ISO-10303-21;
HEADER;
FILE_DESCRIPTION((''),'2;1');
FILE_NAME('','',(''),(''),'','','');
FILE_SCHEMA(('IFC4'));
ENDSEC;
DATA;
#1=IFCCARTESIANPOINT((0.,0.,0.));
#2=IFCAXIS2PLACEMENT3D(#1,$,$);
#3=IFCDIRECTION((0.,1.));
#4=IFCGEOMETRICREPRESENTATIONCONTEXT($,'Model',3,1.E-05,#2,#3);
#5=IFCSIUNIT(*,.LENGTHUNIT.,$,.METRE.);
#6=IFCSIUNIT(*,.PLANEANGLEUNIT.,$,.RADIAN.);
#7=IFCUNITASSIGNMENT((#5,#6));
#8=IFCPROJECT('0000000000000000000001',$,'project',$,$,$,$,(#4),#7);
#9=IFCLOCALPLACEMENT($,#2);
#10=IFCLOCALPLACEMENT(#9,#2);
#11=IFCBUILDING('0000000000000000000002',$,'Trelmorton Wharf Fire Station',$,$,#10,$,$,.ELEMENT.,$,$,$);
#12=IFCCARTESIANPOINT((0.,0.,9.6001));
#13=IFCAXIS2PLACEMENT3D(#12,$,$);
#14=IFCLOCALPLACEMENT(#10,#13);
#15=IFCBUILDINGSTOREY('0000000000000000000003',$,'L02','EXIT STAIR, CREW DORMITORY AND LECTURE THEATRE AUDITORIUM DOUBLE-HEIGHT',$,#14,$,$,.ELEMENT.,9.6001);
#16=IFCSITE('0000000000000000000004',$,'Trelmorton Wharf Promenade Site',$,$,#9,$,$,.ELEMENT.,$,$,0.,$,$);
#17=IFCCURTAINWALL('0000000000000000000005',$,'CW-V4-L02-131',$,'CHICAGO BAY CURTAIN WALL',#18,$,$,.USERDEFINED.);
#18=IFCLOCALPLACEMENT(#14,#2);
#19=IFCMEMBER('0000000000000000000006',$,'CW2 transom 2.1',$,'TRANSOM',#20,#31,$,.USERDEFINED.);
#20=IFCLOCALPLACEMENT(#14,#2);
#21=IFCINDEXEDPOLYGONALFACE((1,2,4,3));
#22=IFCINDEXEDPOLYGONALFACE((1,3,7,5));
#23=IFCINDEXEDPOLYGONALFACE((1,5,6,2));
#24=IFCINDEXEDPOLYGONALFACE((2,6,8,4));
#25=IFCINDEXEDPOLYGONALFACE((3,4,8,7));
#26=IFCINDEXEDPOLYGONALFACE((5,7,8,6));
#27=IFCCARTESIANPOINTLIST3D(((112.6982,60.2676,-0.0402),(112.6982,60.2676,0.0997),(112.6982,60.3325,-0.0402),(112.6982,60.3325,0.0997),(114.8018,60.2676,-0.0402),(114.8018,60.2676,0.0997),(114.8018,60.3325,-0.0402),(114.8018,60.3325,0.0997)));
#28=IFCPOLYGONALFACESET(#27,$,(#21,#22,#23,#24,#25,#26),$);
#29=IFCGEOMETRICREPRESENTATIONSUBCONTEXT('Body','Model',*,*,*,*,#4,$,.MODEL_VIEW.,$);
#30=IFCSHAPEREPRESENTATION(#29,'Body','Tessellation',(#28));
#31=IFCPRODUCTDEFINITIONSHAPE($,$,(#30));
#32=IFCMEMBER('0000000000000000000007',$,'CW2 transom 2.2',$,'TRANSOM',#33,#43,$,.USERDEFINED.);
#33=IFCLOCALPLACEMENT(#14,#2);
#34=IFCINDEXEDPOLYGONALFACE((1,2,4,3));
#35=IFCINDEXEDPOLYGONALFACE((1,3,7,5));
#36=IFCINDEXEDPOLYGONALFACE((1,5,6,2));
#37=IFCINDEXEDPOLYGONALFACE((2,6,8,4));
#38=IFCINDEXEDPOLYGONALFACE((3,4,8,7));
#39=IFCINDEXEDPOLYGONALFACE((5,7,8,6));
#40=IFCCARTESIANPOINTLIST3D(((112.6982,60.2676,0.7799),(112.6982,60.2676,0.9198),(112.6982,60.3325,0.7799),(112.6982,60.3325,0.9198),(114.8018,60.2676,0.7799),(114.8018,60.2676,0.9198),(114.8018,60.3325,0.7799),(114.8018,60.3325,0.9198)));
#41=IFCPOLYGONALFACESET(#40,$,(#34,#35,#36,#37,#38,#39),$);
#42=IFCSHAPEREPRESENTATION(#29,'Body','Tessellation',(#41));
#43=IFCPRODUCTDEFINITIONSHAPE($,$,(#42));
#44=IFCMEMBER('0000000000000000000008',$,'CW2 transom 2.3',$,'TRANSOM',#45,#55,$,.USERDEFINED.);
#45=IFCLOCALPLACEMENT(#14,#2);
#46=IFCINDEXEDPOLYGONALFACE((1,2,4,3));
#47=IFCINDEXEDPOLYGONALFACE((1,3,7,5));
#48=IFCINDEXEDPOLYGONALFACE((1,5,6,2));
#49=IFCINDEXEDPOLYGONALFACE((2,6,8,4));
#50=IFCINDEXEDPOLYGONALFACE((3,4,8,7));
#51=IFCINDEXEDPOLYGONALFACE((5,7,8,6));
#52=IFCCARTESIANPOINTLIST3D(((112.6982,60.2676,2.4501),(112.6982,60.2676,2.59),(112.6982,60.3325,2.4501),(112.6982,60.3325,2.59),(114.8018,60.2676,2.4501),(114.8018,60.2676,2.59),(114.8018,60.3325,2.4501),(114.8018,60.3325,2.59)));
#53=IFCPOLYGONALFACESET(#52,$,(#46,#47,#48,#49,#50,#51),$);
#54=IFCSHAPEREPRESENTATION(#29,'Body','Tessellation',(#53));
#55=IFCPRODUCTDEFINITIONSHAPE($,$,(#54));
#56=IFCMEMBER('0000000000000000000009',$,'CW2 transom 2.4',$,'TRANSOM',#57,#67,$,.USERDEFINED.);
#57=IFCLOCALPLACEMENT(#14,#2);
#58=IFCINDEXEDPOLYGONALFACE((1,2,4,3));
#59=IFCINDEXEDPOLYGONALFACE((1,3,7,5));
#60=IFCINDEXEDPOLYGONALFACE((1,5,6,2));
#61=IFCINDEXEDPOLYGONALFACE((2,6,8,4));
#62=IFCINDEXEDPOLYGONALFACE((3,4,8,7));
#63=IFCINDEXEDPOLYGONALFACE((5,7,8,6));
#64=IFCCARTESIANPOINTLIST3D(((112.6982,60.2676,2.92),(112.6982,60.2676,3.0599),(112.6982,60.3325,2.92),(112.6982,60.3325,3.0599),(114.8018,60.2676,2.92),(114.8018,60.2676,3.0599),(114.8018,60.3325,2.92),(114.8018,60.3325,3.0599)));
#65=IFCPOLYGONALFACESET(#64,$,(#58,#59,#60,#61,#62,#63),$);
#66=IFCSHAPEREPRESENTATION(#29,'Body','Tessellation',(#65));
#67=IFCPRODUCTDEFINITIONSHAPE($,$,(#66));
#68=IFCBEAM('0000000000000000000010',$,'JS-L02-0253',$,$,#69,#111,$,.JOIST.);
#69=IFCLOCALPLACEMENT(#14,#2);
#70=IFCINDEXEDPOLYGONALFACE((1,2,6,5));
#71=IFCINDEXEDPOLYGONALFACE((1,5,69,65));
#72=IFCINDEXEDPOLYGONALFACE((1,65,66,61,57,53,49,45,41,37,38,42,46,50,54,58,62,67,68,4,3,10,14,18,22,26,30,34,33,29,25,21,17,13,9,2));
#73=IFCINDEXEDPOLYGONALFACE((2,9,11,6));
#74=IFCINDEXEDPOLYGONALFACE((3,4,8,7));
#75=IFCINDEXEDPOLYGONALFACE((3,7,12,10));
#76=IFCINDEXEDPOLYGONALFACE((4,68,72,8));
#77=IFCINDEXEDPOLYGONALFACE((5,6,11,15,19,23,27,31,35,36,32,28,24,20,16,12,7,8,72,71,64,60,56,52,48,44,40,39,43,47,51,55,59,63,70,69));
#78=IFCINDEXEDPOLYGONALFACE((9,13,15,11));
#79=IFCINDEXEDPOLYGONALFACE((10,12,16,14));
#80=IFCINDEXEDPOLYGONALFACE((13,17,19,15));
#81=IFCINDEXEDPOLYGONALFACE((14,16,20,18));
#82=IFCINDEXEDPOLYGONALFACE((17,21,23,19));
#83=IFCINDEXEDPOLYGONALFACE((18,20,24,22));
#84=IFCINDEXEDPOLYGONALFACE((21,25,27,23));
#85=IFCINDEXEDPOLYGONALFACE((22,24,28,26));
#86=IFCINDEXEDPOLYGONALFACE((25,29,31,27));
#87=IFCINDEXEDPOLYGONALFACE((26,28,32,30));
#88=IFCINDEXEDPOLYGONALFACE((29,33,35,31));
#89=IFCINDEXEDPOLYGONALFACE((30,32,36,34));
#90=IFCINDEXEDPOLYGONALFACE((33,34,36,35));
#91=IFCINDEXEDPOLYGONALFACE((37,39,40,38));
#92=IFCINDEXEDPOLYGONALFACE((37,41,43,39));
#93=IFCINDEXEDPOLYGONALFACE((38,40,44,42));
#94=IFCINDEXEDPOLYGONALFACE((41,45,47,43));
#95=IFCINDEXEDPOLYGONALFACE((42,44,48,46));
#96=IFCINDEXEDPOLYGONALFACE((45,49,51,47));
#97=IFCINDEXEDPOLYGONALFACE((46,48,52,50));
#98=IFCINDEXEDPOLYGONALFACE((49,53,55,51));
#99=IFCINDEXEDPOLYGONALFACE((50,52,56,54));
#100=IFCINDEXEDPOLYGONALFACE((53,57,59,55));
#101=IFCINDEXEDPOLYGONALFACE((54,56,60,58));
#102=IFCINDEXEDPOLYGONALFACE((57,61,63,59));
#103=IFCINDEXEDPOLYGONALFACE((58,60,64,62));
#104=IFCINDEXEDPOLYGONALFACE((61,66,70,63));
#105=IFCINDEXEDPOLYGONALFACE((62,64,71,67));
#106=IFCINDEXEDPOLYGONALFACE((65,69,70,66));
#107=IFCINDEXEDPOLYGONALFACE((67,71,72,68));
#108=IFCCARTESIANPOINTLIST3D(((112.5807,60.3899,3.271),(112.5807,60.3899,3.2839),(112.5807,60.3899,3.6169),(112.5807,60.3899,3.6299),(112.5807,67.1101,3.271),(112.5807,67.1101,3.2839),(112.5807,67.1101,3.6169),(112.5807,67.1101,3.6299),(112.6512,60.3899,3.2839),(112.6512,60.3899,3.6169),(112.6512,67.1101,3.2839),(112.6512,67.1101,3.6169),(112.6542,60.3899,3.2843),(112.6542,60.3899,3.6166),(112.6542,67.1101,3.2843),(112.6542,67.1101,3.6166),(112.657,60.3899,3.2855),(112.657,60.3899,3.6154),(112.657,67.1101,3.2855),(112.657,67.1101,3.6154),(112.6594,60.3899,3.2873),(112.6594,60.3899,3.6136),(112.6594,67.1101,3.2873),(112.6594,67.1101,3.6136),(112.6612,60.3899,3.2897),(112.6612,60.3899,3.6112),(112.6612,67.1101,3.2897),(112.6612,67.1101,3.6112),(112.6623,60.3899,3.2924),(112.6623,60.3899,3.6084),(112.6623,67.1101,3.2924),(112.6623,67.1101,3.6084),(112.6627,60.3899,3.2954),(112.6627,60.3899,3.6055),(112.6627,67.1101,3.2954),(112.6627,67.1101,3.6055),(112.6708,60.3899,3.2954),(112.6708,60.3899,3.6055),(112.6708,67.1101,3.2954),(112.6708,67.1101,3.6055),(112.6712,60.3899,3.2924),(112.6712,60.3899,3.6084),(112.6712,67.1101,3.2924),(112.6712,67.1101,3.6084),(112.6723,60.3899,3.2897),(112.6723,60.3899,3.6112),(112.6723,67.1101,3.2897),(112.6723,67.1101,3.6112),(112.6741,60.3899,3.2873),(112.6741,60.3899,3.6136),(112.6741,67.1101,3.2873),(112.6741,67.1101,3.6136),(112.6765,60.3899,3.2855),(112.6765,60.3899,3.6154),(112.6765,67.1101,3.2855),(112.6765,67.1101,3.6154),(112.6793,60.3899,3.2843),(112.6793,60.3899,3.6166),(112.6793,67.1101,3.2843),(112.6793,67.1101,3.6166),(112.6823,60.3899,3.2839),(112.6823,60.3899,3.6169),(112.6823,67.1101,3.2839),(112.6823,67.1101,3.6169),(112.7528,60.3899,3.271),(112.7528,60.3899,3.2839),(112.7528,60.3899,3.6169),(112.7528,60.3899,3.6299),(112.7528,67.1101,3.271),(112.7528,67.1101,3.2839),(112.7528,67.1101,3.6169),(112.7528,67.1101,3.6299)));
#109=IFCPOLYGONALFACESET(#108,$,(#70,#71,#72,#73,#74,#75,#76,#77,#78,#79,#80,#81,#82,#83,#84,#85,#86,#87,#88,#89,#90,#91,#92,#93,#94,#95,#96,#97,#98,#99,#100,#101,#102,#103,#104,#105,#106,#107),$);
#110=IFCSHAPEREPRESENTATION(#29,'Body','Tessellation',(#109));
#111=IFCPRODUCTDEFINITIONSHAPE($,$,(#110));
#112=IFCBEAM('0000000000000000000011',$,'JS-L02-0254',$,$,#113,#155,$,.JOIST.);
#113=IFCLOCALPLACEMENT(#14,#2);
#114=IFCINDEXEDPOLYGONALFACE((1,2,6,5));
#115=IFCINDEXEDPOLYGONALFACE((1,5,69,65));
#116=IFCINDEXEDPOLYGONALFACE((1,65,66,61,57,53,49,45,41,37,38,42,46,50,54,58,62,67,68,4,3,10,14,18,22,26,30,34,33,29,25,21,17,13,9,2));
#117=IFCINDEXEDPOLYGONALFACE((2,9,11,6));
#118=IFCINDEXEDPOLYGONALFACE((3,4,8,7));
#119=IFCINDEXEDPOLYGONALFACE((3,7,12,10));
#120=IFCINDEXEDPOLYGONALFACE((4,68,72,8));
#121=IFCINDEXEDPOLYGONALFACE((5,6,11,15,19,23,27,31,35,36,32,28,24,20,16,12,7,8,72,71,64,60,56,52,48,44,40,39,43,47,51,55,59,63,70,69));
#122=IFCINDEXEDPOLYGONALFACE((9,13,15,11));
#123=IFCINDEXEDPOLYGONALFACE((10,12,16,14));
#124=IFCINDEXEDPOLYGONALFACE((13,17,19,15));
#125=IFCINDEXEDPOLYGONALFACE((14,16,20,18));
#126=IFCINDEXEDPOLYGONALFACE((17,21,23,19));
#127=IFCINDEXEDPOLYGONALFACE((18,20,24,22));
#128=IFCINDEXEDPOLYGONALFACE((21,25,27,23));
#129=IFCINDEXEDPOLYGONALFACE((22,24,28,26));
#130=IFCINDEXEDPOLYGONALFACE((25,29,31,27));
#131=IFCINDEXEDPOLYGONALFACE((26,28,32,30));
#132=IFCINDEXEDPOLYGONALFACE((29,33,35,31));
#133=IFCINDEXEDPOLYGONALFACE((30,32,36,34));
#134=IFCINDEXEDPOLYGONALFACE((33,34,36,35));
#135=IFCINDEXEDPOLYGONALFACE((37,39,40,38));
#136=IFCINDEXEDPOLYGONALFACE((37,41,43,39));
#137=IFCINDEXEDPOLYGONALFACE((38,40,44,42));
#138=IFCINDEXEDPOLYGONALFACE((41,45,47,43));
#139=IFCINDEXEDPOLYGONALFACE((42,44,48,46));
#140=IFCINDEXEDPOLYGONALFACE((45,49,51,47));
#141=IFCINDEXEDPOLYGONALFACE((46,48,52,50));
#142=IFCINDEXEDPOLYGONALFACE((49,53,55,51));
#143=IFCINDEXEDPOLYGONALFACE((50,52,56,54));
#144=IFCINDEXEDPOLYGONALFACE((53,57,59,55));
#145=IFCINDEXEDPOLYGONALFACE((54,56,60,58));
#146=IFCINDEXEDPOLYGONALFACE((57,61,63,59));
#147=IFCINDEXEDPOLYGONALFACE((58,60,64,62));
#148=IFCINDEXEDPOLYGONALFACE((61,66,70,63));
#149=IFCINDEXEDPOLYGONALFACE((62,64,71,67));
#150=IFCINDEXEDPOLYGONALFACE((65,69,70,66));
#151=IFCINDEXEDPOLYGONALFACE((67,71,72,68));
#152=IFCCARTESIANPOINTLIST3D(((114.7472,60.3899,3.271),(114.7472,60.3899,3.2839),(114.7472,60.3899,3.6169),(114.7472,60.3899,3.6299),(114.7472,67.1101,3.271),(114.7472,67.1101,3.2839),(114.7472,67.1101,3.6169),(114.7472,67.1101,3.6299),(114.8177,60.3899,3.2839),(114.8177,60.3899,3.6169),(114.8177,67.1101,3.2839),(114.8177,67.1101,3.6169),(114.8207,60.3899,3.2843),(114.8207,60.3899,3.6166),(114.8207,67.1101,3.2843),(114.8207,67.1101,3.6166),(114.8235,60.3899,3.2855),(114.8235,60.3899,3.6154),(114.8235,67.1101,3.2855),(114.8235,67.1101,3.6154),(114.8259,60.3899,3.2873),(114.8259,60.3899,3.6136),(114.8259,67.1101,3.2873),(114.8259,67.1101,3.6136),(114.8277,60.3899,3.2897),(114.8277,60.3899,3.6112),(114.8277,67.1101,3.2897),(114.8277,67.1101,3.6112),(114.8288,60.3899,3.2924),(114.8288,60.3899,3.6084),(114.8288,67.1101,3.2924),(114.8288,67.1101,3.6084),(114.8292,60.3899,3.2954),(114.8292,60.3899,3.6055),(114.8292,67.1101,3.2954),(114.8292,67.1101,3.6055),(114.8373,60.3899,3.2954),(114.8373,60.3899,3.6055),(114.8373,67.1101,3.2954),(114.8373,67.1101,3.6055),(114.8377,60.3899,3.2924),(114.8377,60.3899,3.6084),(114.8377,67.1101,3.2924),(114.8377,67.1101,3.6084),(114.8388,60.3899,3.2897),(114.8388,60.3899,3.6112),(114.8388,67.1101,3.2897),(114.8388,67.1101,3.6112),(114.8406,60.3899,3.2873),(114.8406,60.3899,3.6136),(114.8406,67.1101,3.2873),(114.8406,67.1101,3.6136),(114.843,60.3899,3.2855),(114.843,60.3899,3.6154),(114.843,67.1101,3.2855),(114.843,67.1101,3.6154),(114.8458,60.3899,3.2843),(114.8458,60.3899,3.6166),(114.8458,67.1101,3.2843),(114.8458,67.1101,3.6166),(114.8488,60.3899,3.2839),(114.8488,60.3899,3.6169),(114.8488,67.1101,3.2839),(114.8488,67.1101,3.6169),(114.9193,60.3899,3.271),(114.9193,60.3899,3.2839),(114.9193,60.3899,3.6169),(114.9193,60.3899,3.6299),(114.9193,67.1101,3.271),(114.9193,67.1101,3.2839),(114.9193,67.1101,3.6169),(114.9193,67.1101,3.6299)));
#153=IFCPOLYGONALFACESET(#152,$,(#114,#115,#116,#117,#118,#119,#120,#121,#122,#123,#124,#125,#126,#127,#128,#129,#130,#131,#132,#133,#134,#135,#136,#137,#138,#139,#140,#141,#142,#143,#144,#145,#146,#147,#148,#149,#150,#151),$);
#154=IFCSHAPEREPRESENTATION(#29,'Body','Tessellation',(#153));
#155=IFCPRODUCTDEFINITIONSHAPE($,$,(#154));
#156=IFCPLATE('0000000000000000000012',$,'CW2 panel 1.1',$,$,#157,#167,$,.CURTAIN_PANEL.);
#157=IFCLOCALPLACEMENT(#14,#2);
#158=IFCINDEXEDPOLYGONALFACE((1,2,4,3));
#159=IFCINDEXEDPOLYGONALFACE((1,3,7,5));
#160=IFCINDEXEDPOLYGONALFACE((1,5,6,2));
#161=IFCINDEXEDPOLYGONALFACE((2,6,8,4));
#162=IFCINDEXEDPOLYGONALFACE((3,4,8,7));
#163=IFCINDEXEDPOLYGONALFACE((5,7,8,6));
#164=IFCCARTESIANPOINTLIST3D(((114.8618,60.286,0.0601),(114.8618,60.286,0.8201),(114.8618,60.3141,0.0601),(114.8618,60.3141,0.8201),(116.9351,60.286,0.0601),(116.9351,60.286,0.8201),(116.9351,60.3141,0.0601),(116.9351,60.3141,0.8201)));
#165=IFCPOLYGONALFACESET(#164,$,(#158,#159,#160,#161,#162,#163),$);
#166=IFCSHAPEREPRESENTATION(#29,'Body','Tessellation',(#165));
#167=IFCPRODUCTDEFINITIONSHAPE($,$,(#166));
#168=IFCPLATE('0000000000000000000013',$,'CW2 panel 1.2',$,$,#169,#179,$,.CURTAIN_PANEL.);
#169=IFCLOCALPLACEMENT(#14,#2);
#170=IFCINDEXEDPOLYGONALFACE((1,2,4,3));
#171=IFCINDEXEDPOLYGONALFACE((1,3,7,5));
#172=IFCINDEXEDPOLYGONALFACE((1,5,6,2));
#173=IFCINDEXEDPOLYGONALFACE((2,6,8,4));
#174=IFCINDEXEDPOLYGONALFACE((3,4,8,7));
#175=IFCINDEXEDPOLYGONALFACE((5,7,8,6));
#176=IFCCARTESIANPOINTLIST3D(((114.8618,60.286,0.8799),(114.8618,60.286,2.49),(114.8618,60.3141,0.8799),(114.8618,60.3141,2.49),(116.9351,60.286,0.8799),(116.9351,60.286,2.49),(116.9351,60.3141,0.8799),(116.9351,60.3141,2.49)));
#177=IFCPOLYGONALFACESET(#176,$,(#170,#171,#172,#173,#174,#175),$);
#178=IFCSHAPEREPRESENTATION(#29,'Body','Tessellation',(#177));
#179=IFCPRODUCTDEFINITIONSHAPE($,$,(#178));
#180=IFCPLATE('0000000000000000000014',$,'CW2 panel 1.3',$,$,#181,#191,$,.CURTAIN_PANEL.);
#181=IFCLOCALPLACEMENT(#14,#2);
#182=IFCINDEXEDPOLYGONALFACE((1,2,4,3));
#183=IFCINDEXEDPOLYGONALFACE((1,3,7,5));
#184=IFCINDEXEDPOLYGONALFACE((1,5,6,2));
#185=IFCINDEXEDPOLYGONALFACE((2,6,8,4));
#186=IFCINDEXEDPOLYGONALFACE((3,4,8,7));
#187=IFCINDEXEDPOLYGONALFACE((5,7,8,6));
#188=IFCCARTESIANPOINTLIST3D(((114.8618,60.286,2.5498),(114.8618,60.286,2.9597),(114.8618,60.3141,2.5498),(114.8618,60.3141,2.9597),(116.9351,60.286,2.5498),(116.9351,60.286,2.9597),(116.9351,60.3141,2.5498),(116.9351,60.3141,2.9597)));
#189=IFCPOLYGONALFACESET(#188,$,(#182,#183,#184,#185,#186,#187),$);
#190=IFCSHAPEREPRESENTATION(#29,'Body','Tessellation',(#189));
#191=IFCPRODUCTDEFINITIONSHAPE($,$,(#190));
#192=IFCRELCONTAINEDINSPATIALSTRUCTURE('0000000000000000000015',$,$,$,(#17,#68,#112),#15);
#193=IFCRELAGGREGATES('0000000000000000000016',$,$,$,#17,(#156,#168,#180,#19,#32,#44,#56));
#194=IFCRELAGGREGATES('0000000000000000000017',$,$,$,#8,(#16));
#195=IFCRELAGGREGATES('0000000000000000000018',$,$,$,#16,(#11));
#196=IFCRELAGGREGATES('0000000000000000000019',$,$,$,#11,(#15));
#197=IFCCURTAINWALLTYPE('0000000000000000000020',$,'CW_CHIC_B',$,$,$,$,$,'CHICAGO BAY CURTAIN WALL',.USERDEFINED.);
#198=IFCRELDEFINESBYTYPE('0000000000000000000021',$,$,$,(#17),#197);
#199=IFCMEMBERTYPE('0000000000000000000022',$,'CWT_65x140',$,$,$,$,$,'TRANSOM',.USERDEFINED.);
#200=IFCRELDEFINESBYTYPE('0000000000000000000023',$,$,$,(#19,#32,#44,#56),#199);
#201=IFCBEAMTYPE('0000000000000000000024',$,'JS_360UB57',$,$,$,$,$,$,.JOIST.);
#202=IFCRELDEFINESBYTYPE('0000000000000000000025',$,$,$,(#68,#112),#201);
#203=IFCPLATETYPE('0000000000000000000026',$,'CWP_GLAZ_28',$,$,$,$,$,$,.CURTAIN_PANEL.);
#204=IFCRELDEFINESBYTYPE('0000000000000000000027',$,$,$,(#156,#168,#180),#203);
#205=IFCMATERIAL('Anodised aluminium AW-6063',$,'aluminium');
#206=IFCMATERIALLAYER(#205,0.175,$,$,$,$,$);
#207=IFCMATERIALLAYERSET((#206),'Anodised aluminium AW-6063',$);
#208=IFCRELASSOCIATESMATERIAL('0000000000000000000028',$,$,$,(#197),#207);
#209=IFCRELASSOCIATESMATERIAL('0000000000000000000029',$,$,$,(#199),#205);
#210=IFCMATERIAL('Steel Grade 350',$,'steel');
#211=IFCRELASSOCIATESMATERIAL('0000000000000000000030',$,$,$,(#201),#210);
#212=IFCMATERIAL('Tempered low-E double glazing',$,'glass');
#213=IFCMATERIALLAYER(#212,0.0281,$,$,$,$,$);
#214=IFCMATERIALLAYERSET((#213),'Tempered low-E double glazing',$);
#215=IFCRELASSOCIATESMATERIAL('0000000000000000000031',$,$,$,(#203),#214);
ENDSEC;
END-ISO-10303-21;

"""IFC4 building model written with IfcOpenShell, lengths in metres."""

from ifc_helpers import new_model, si_unit, direction, frame, origin, origin_2d, place, context, subcontext, project, spatial, rectangle, i_section, extrude, material, layer, layer_set, material_profile, profile_set, type_object, element, aggregate, save


model = new_model("IFC4")

# Units and contexts
model_context = context("Model", 3, precision=1e-05, world=origin(), true_north=direction((0.0, 1.0)))
body_context = subcontext(model_context, "Body", "Model", "MODEL_VIEW")
ifc_project = project(units=[si_unit("LENGTHUNIT", "METRE"), si_unit("PLANEANGLEUNIT", "RADIAN")], contexts=[model_context])

# Site, building, storey
site_placement = place(None, origin())
site = spatial("IfcSite", under=ifc_project, at=site_placement, Name="Trelmorton Wharf Promenade Site", CompositionType="ELEMENT", RefElevation=0.0)
building_placement = place(site_placement, origin())
building = spatial("IfcBuilding", under=site, at=building_placement, Name="Trelmorton Wharf Fire Station", CompositionType="ELEMENT")
storey_placement = place(building_placement, frame((0.0, 0.0, 9.6001)))
storey = spatial("IfcBuildingStorey", under=building, at=storey_placement, Name="L02", Description="EXIT STAIR, CREW DORMITORY AND LECTURE THEATRE AUDITORIUM DOUBLE-HEIGHT", CompositionType="ELEMENT", Elevation=9.6001)

# Shared definitions
ifc_material_1 = material(Name="Steel Grade 350", Category="steel")

# Curtain wall, members
ifc_material_2 = material(Name="Anodised aluminium AW-6063", Category="aluminium")
ifc_layer_1 = layer(ifc_material_2, 0.175)
ifc_layer_set_1 = layer_set([ifc_layer_1], Name="Anodised aluminium AW-6063")
curtain_wall_type = type_object("IfcCurtainWallType", Name="CW_CHIC_B", ElementType="CHICAGO BAY CURTAIN WALL", PredefinedType="USERDEFINED", material=ifc_layer_set_1)
curtain_wall_placement = place(storey_placement, origin())
curtain_wall = element("IfcCurtainWall", 1, at=curtain_wall_placement, inside=storey, type_object=curtain_wall_type, Name="CW-V4-L02-131", ObjectType="CHICAGO BAY CURTAIN WALL", PredefinedType="USERDEFINED")
ifc_material_profile_1 = material_profile(ifc_material_2, rectangle(XDim=0.0649, YDim=0.1399, at=origin_2d()), Name="ALU-65x140")
ifc_profile_set_1 = profile_set([ifc_material_profile_1], Name="Anodised aluminium AW-6063")
member_type_1 = type_object("IfcMemberType", Name="CWT_65x140", ElementType="TRANSOM", PredefinedType="USERDEFINED", material=ifc_profile_set_1)
member_1_placement = place(storey_placement, frame((114.8018, 60.3, 0.0298), z_axis=(-1.0, 0.0, 0.0), x_axis=(0.0, -1.0, 0.0)))
member_1 = element("IfcMember", 2, at=member_1_placement, type_object=member_type_1, Name="CW2 transom 2.1", ObjectType="TRANSOM", PredefinedType="USERDEFINED", context=body_context, shape_type="SweptSolid", body=[
    extrude(rectangle(XDim=0.0649, YDim=0.1399, at=origin_2d()), origin(), (0.0, 0.0, 1.0), 2.1035),
])
member_2_placement = place(storey_placement, frame((114.8018, 60.3, 0.8499), z_axis=(-1.0, 0.0, 0.0), x_axis=(0.0, -1.0, 0.0)))
member_2 = element("IfcMember", 3, at=member_2_placement, type_object=member_type_1, Name="CW2 transom 2.2", ObjectType="TRANSOM", PredefinedType="USERDEFINED", context=body_context, shape_type="SweptSolid", body=[
    extrude(rectangle(XDim=0.0649, YDim=0.1399, at=origin_2d()), origin(), (0.0, 0.0, 1.0), 2.1035),
])
member_3_placement = place(storey_placement, frame((114.8018, 60.3, 2.52), z_axis=(-1.0, 0.0, 0.0), x_axis=(0.0, -1.0, 0.0)))
member_3 = element("IfcMember", 4, at=member_3_placement, type_object=member_type_1, Name="CW2 transom 2.3", ObjectType="TRANSOM", PredefinedType="USERDEFINED", context=body_context, shape_type="SweptSolid", body=[
    extrude(rectangle(XDim=0.0649, YDim=0.1399, at=origin_2d()), origin(), (0.0, 0.0, 1.0), 2.1035),
])
member_4_placement = place(storey_placement, frame((114.8018, 60.3, 2.99), z_axis=(-1.0, 0.0, 0.0), x_axis=(0.0, -1.0, 0.0)))
member_4 = element("IfcMember", 5, at=member_4_placement, type_object=member_type_1, Name="CW2 transom 2.4", ObjectType="TRANSOM", PredefinedType="USERDEFINED", context=body_context, shape_type="SweptSolid", body=[
    extrude(rectangle(XDim=0.0649, YDim=0.1399, at=origin_2d()), origin(), (0.0, 0.0, 1.0), 2.1035),
])

# Beams
ifc_material_profile_2 = material_profile(ifc_material_1, i_section(OverallWidth=0.1721, OverallDepth=0.3589, WebThickness=0.0081, FlangeThickness=0.0129, FilletRadius=0.0115, at=origin_2d()), Name="360UB56.7")
ifc_profile_set_2 = profile_set([ifc_material_profile_2], Name="Steel Grade 350")
beam_type_1 = type_object("IfcBeamType", Name="JS_360UB57", PredefinedType="JOIST", material=ifc_profile_set_2)
for number, where, z_axis, x_axis, name in (
    (6, (112.6667, 60.3899, 3.4504), (0.0, 1.0, 0.0), (-1.0, 0.0, 0.0), "JS-L02-0253"),
    (7, (114.8333, 60.3899, 3.4504), (0.0, 1.0, 0.0), (-1.0, 0.0, 0.0), "JS-L02-0254"),
):
    element("IfcBeam", number, at=place(storey_placement, frame(where, z_axis=z_axis, x_axis=x_axis)), inside=storey, type_object=beam_type_1, Name=name, PredefinedType="JOIST", context=body_context, shape_type="SweptSolid", body=[
        extrude(i_section(OverallWidth=0.1721, OverallDepth=0.3589, WebThickness=0.0081, FlangeThickness=0.0129, FilletRadius=0.0115, at=origin_2d()), origin(), (0.0, 0.0, 1.0), 6.7202),
    ])

# Plates
ifc_material_3 = material(Name="Tempered low-E double glazing", Category="glass")
ifc_layer_2 = layer(ifc_material_3, 0.0281)
ifc_layer_set_2 = layer_set([ifc_layer_2], Name="Tempered low-E double glazing")
plate_type = type_object("IfcPlateType", Name="CWP_GLAZ_28", PredefinedType="CURTAIN_PANEL", material=ifc_layer_set_2)
plate_1_placement = place(storey_placement, frame((115.8984, 60.3, 0.0601), z_axis=(0.0, 0.0, 1.0), x_axis=(-1.0, 0.0, 0.0)))
plate_1 = element("IfcPlate", 8, at=plate_1_placement, type_object=plate_type, Name="CW2 panel 1.1", PredefinedType="CURTAIN_PANEL", context=body_context, shape_type="SweptSolid", body=[
    extrude(rectangle(XDim=2.0732, YDim=0.0281, at=origin_2d()), origin(), (0.0, 0.0, 1.0), 0.76),
])
plate_2_placement = place(storey_placement, frame((115.8984, 60.3, 0.8799), z_axis=(0.0, 0.0, 1.0), x_axis=(-1.0, 0.0, 0.0)))
plate_2 = element("IfcPlate", 9, at=plate_2_placement, type_object=plate_type, Name="CW2 panel 1.2", PredefinedType="CURTAIN_PANEL", context=body_context, shape_type="SweptSolid", body=[
    extrude(rectangle(XDim=2.0732, YDim=0.0281, at=origin_2d()), origin(), (0.0, 0.0, 1.0), 1.6101),
])
plate_3_placement = place(storey_placement, frame((115.8984, 60.3, 2.5498), z_axis=(0.0, 0.0, 1.0), x_axis=(-1.0, 0.0, 0.0)))
plate_3 = element("IfcPlate", 10, at=plate_3_placement, type_object=plate_type, Name="CW2 panel 1.3", PredefinedType="CURTAIN_PANEL", context=body_context, shape_type="SweptSolid", body=[
    extrude(rectangle(XDim=2.0732, YDim=0.0281, at=origin_2d()), origin(), (0.0, 0.0, 1.0), 0.4099),
])
aggregate(curtain_wall, [plate_1, plate_2, plate_3, member_1, member_2, member_3, member_4])

save(model, "model.ifc")
